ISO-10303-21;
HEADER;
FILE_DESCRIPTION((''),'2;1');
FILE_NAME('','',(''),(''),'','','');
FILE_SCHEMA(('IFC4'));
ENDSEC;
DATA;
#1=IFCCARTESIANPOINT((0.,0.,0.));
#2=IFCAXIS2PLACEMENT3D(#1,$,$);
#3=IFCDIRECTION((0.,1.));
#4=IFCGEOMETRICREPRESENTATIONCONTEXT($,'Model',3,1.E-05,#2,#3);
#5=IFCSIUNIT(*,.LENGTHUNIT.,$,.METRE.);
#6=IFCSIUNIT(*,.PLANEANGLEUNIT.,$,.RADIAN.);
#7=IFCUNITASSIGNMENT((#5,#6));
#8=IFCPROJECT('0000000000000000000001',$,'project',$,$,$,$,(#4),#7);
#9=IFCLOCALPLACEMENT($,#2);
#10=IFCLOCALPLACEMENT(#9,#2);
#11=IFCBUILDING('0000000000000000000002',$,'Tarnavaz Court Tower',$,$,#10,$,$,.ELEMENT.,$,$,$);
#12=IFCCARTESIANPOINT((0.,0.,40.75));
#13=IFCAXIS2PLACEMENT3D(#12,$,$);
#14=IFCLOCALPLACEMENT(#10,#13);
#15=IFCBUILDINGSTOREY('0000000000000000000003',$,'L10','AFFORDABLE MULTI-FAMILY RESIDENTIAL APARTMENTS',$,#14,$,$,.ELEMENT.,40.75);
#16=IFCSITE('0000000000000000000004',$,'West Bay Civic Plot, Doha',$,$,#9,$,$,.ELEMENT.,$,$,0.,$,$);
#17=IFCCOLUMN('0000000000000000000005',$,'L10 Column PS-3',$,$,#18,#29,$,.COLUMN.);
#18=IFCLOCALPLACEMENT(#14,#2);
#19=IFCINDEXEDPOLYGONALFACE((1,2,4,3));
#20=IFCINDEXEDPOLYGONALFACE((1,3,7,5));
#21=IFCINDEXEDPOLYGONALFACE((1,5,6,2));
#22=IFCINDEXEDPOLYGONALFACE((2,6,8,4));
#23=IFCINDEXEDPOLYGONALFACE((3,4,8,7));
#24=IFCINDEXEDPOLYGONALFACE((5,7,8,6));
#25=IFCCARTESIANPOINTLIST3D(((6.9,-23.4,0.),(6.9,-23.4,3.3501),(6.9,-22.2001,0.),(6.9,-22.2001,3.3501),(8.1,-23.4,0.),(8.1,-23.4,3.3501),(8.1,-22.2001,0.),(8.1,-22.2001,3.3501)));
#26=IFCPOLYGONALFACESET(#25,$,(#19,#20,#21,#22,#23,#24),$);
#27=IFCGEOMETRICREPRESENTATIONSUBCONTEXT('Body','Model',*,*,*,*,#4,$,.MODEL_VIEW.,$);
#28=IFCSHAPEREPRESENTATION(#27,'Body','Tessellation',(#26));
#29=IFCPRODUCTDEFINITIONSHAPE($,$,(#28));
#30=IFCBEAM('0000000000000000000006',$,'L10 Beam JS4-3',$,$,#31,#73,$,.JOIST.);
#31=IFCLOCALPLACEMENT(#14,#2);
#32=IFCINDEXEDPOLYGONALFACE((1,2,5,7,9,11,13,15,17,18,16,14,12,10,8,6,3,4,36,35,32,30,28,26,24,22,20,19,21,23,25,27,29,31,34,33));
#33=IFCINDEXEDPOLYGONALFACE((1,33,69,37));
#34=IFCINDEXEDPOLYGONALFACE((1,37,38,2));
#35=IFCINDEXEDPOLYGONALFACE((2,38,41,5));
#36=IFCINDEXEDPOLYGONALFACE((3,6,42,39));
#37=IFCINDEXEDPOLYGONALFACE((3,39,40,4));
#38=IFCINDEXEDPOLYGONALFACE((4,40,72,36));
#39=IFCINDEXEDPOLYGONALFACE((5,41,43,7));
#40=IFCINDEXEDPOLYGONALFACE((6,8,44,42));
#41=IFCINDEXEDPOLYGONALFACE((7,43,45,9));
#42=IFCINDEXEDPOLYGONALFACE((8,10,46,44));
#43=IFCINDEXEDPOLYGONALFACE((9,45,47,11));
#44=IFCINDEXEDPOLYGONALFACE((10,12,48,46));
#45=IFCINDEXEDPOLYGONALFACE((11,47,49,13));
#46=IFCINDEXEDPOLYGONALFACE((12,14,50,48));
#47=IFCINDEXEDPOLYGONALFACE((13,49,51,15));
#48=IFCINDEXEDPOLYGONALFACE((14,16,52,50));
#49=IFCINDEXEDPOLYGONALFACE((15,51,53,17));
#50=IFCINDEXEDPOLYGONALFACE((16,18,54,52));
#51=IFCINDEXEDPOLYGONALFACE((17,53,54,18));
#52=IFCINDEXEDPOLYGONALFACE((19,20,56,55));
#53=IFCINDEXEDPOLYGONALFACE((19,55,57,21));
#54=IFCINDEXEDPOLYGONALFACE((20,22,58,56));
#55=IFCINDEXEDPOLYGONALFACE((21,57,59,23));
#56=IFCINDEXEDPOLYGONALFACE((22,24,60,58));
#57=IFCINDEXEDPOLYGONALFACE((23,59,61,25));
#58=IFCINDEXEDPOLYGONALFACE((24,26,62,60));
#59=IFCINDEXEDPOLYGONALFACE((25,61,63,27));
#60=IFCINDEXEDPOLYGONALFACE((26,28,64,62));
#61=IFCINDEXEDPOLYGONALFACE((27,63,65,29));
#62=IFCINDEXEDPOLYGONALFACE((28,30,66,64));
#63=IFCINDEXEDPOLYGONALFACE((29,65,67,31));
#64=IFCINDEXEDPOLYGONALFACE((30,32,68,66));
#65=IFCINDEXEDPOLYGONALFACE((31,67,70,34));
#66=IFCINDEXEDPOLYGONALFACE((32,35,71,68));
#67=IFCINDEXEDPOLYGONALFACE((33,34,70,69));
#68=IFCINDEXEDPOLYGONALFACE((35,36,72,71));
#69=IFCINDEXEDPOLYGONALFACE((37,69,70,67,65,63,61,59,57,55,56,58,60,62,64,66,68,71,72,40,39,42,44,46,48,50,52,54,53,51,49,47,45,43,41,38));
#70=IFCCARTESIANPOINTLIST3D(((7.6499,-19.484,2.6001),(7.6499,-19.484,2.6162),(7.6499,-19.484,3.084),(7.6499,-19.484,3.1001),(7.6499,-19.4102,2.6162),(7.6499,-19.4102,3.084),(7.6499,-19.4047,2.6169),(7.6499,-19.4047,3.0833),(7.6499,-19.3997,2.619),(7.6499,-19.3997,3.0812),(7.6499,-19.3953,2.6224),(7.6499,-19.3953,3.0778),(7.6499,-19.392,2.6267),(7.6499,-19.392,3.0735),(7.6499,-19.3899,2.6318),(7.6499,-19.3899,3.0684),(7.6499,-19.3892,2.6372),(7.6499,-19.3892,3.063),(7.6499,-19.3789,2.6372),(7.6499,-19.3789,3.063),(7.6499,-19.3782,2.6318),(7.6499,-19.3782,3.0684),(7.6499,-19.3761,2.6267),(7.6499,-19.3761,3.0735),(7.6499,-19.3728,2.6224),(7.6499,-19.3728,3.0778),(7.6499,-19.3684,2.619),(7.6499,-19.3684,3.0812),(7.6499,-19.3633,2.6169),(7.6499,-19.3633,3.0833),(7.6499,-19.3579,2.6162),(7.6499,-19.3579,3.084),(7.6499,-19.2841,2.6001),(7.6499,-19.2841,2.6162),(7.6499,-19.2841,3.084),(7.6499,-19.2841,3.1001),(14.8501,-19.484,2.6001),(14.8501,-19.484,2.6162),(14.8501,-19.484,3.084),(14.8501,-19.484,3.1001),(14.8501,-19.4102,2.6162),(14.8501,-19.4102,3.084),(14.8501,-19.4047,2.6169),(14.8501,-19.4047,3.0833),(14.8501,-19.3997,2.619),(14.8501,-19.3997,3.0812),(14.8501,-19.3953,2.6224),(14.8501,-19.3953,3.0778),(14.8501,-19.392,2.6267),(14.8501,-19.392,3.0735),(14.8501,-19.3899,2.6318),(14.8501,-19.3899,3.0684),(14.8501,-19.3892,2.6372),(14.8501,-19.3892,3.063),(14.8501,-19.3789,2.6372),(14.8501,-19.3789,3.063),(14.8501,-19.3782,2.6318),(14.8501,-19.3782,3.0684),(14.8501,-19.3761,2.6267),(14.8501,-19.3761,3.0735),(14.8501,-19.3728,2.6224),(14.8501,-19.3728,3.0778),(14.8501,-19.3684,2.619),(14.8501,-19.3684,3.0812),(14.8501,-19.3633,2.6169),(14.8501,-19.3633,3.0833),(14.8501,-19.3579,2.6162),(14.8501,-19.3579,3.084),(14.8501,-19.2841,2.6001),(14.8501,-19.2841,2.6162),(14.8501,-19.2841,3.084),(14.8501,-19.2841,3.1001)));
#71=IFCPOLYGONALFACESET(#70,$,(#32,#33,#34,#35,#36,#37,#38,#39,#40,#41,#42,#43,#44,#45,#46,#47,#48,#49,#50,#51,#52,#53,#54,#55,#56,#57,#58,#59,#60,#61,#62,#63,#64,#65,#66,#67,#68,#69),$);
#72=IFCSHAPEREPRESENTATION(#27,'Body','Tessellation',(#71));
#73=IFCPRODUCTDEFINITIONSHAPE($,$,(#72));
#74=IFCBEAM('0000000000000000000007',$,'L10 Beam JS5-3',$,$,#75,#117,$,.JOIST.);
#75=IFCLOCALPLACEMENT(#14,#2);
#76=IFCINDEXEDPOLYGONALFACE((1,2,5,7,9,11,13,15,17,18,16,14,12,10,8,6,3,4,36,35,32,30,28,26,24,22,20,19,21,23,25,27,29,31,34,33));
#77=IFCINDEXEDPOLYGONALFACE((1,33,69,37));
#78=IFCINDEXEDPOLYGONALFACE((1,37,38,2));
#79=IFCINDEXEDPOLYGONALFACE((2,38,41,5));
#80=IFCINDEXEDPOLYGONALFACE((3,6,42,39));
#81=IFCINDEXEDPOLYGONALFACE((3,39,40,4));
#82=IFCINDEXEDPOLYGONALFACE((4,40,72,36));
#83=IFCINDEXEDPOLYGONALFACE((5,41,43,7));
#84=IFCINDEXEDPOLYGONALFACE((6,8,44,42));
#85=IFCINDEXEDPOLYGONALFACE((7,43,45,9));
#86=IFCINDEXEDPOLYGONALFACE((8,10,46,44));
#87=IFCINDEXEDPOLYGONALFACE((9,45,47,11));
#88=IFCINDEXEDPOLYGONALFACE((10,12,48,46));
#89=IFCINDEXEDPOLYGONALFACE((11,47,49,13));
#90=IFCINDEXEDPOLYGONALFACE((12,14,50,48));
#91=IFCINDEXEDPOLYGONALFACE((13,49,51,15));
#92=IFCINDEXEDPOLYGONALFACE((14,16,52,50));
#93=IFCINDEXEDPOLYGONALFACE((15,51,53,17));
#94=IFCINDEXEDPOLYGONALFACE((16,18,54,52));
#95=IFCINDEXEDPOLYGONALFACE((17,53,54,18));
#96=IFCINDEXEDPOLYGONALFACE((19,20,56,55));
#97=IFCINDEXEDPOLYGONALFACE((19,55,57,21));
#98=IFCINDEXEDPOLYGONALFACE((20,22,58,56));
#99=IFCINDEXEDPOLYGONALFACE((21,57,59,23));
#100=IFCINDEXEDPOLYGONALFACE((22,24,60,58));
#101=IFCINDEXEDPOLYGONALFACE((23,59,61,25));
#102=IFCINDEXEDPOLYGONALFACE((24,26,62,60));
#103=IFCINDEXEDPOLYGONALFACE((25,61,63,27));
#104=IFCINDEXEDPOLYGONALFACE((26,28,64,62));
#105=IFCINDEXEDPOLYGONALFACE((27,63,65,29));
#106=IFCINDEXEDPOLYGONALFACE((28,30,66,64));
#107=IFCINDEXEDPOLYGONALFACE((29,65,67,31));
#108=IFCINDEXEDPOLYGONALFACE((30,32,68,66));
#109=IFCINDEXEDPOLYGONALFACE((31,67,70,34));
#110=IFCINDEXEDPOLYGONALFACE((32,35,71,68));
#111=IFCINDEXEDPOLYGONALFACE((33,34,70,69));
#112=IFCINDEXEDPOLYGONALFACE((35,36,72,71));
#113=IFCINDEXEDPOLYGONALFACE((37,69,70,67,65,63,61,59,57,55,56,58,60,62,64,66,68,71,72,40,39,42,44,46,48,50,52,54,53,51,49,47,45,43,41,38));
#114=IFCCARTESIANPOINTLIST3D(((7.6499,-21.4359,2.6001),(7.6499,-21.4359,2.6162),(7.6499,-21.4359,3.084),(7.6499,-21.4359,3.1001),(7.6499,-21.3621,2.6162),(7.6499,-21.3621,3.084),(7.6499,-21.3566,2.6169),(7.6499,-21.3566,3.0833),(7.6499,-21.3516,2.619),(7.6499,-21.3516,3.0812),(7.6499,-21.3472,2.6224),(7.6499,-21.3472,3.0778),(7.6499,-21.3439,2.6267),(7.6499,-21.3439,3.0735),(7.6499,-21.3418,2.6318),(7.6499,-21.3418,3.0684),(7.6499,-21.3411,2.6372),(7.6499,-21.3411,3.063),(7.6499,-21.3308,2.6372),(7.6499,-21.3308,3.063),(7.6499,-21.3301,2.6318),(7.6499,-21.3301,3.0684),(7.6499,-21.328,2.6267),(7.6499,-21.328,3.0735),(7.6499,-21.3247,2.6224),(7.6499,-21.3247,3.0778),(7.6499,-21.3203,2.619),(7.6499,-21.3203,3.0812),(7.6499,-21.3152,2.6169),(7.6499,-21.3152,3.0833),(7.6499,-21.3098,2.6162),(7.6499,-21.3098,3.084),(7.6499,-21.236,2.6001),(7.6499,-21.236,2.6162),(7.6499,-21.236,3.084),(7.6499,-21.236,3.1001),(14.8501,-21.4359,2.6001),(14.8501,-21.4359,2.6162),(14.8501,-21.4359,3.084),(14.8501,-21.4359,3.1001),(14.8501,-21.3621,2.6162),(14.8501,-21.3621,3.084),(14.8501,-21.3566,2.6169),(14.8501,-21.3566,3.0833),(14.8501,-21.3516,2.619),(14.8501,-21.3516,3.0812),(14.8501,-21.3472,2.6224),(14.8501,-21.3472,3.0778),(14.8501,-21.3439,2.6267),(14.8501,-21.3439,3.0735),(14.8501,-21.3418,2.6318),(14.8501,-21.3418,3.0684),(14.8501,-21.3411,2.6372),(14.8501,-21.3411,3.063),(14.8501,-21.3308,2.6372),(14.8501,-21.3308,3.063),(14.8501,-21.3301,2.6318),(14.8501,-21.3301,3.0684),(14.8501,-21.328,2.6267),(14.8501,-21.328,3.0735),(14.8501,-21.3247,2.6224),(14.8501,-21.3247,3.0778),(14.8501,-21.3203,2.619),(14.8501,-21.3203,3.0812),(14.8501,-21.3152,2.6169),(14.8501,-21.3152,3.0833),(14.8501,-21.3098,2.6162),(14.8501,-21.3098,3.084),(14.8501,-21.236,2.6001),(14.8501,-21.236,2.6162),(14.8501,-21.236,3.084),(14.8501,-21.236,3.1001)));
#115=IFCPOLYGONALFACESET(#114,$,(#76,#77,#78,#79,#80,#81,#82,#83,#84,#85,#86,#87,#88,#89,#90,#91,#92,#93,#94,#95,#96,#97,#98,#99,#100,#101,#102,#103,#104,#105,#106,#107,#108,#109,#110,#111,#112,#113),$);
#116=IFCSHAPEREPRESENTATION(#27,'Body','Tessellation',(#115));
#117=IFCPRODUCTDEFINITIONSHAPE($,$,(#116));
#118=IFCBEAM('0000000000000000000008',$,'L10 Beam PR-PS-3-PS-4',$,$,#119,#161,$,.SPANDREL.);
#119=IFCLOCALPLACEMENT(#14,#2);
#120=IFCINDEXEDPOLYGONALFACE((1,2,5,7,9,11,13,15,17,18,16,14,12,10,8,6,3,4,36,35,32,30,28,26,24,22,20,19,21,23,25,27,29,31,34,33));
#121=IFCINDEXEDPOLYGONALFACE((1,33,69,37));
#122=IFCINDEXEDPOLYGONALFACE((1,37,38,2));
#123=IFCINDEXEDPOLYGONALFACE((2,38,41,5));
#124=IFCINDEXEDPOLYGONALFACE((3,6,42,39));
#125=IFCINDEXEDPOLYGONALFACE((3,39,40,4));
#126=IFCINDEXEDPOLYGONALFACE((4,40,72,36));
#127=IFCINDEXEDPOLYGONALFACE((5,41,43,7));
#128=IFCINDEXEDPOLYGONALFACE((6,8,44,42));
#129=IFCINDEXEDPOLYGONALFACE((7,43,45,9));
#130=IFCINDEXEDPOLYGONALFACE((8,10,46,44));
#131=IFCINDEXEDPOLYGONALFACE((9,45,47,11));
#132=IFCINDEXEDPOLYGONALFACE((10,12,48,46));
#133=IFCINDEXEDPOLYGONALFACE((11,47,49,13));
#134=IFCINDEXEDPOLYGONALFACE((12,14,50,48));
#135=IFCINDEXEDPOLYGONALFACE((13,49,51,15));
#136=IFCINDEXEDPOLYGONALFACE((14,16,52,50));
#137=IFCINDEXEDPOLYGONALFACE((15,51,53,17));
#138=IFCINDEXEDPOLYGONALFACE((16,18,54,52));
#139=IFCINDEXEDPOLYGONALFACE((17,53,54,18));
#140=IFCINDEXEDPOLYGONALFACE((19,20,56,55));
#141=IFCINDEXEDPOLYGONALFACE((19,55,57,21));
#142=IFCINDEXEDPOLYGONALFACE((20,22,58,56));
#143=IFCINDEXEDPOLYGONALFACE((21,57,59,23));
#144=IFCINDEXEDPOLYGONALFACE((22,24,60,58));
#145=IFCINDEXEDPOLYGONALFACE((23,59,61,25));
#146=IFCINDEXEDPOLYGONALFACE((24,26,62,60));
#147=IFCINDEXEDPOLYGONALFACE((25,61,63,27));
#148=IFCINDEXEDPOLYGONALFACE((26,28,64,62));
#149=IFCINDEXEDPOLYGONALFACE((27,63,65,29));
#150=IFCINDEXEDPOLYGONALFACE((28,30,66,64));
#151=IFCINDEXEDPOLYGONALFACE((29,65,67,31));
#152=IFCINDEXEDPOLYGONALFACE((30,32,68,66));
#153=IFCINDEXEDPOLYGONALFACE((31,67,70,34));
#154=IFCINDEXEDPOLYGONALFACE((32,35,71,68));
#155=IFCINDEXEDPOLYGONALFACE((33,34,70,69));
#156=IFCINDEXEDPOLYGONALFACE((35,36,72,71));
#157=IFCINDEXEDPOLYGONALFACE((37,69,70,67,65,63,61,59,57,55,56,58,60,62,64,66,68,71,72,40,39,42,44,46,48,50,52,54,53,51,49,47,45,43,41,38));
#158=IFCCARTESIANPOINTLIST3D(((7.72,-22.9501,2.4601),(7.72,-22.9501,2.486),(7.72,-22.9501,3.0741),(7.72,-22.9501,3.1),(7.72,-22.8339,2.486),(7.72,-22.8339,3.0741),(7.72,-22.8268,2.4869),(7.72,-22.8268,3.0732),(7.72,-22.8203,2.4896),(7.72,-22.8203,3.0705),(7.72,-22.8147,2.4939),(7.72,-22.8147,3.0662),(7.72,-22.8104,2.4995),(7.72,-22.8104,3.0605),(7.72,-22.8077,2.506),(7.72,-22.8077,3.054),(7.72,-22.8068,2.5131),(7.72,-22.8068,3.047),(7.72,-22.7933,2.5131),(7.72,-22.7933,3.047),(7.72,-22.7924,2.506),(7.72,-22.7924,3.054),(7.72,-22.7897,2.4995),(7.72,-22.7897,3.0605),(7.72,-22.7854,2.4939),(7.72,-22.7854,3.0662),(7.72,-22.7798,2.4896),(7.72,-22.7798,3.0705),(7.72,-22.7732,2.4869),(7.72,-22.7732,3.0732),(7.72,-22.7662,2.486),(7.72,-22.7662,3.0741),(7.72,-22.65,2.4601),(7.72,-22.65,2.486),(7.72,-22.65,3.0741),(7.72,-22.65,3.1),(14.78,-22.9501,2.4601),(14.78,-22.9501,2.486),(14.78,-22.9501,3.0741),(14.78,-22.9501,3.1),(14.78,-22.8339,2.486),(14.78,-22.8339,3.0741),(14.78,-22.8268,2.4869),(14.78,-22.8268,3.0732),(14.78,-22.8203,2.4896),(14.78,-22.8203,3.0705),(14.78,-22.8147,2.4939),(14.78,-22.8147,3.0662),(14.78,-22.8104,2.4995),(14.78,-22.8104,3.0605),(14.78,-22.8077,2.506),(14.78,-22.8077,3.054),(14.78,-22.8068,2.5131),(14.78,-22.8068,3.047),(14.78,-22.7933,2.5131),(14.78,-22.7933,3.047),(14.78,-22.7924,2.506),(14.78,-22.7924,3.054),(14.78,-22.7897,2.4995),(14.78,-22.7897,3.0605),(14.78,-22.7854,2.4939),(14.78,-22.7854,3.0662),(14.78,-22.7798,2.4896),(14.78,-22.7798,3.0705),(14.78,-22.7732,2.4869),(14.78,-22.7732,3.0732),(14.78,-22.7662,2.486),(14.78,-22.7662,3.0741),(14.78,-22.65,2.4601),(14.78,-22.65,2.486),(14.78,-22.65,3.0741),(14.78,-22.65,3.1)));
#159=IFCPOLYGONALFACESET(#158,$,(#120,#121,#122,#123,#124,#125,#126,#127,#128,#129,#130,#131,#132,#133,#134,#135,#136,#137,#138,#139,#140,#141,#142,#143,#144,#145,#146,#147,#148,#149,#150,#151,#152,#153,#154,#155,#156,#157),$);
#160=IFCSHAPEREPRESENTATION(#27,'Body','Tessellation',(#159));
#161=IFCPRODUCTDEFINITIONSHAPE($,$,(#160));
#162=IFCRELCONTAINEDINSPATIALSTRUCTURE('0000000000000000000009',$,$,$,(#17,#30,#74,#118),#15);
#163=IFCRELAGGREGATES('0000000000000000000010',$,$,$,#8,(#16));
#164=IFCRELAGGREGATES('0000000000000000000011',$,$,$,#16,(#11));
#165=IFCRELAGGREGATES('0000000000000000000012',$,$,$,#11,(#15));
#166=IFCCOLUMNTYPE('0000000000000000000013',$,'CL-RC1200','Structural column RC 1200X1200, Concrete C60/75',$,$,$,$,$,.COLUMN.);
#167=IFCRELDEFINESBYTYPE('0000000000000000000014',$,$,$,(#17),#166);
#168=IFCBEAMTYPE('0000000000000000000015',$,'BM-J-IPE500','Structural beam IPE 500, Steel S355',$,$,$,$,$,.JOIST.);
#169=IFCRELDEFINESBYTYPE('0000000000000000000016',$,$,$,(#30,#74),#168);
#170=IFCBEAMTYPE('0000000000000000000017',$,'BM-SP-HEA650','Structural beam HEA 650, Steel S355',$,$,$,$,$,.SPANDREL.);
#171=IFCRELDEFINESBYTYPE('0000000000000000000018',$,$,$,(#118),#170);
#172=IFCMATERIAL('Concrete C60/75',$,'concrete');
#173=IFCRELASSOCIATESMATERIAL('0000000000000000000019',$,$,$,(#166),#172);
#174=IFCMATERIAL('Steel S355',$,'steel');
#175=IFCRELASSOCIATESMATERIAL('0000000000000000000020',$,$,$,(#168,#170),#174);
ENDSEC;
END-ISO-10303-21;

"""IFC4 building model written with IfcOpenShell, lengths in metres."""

from ifc_helpers import new_model, si_unit, direction, frame, origin, origin_2d, place, context, subcontext, project, spatial, rectangle, i_section, extrude, material, material_profile, profile_set, type_object, element, save


model = new_model("IFC4")

# Units and contexts
model_context = context("Model", 3, precision=1e-05, world=origin(), true_north=direction((0.0, 1.0)))
body_context = subcontext(model_context, "Body", "Model", "MODEL_VIEW")
ifc_project = project(units=[si_unit("LENGTHUNIT", "METRE"), si_unit("PLANEANGLEUNIT", "RADIAN")], contexts=[model_context])

# Site, building, storey
site_placement = place(None, origin())
site = spatial("IfcSite", under=ifc_project, at=site_placement, Name="West Bay Civic Plot, Doha", CompositionType="ELEMENT", RefElevation=0.0)
building_placement = place(site_placement, origin())
building = spatial("IfcBuilding", under=site, at=building_placement, Name="Tarnavaz Court Tower", CompositionType="ELEMENT")
storey_placement = place(building_placement, frame((0.0, 0.0, 40.75)))
storey = spatial("IfcBuildingStorey", under=building, at=storey_placement, Name="L10", Description="AFFORDABLE MULTI-FAMILY RESIDENTIAL APARTMENTS", CompositionType="ELEMENT", Elevation=40.75)

# Column
ifc_material_1 = material(Name="Concrete C60/75", Category="concrete")
ifc_material_profile_1 = material_profile(ifc_material_1, rectangle(XDim=1.2, YDim=1.2, at=origin_2d()), Name="RC 1200X1200")
ifc_profile_set_1 = profile_set([ifc_material_profile_1], Name="Concrete C60/75")
column_type = type_object("IfcColumnType", Name="CL-RC1200", Description="Structural column RC 1200X1200, Concrete C60/75", PredefinedType="COLUMN", material=ifc_profile_set_1)
column_placement = place(storey_placement, frame((7.5, -22.8, 0.0), z_axis=(0.0, 0.0, 1.0), x_axis=(1.0, 0.0, 0.0)))
element("IfcColumn", 1, at=column_placement, inside=storey, type_object=column_type, Name="L10 Column PS-3", PredefinedType="COLUMN", context=body_context, shape_type="SweptSolid", body=[
    extrude(rectangle(XDim=1.2, YDim=1.2, at=origin_2d()), origin(), (0.0, 0.0, 1.0), 3.3501),
])

# Beams
ifc_material_2 = material(Name="Steel S355", Category="steel")
ifc_material_profile_2 = material_profile(ifc_material_2, i_section(OverallWidth=0.2, OverallDepth=0.5, WebThickness=0.0103, FlangeThickness=0.0161, FilletRadius=0.021, at=origin_2d()), Name="IPE 500")
ifc_profile_set_2 = profile_set([ifc_material_profile_2], Name="Steel S355")
beam_type_1 = type_object("IfcBeamType", Name="BM-J-IPE500", Description="Structural beam IPE 500, Steel S355", PredefinedType="JOIST", material=ifc_profile_set_2)
for number, where, z_axis, x_axis, name in (
    (2, (7.6499, -19.384, 2.8501), (1.0, 0.0, 0.0), (0.0, 1.0, 0.0), "L10 Beam JS4-3"),
    (3, (7.6499, -21.3359, 2.8501), (1.0, 0.0, 0.0), (0.0, 1.0, 0.0), "L10 Beam JS5-3"),
):
    element("IfcBeam", number, at=place(storey_placement, frame(where, z_axis=z_axis, x_axis=x_axis)), inside=storey, type_object=beam_type_1, Name=name, PredefinedType="JOIST", context=body_context, shape_type="SweptSolid", body=[
        extrude(i_section(OverallWidth=0.2, OverallDepth=0.5, WebThickness=0.0103, FlangeThickness=0.0161, FilletRadius=0.021, at=origin_2d()), origin(), (0.0, 0.0, 1.0), 7.2002),
    ])
ifc_material_profile_3 = material_profile(ifc_material_2, i_section(OverallWidth=0.3, OverallDepth=0.6399, WebThickness=0.0134, FlangeThickness=0.0259, FilletRadius=0.0271, at=origin_2d()), Name="HEA 650")
ifc_profile_set_3 = profile_set([ifc_material_profile_3], Name="Steel S355")
beam_type_2 = type_object("IfcBeamType", Name="BM-SP-HEA650", Description="Structural beam HEA 650, Steel S355", PredefinedType="SPANDREL", material=ifc_profile_set_3)
beam_placement = place(storey_placement, frame((7.72, -22.8, 2.78), z_axis=(1.0, 0.0, 0.0), x_axis=(0.0, 1.0, 0.0)))
element("IfcBeam", 4, at=beam_placement, inside=storey, type_object=beam_type_2, Name="L10 Beam PR-PS-3-PS-4", PredefinedType="SPANDREL", context=body_context, shape_type="SweptSolid", body=[
    extrude(i_section(OverallWidth=0.3, OverallDepth=0.6399, WebThickness=0.0134, FlangeThickness=0.0259, FilletRadius=0.0271, at=origin_2d()), origin(), (0.0, 0.0, 1.0), 7.0601),
])

save(model, "model.ifc")
